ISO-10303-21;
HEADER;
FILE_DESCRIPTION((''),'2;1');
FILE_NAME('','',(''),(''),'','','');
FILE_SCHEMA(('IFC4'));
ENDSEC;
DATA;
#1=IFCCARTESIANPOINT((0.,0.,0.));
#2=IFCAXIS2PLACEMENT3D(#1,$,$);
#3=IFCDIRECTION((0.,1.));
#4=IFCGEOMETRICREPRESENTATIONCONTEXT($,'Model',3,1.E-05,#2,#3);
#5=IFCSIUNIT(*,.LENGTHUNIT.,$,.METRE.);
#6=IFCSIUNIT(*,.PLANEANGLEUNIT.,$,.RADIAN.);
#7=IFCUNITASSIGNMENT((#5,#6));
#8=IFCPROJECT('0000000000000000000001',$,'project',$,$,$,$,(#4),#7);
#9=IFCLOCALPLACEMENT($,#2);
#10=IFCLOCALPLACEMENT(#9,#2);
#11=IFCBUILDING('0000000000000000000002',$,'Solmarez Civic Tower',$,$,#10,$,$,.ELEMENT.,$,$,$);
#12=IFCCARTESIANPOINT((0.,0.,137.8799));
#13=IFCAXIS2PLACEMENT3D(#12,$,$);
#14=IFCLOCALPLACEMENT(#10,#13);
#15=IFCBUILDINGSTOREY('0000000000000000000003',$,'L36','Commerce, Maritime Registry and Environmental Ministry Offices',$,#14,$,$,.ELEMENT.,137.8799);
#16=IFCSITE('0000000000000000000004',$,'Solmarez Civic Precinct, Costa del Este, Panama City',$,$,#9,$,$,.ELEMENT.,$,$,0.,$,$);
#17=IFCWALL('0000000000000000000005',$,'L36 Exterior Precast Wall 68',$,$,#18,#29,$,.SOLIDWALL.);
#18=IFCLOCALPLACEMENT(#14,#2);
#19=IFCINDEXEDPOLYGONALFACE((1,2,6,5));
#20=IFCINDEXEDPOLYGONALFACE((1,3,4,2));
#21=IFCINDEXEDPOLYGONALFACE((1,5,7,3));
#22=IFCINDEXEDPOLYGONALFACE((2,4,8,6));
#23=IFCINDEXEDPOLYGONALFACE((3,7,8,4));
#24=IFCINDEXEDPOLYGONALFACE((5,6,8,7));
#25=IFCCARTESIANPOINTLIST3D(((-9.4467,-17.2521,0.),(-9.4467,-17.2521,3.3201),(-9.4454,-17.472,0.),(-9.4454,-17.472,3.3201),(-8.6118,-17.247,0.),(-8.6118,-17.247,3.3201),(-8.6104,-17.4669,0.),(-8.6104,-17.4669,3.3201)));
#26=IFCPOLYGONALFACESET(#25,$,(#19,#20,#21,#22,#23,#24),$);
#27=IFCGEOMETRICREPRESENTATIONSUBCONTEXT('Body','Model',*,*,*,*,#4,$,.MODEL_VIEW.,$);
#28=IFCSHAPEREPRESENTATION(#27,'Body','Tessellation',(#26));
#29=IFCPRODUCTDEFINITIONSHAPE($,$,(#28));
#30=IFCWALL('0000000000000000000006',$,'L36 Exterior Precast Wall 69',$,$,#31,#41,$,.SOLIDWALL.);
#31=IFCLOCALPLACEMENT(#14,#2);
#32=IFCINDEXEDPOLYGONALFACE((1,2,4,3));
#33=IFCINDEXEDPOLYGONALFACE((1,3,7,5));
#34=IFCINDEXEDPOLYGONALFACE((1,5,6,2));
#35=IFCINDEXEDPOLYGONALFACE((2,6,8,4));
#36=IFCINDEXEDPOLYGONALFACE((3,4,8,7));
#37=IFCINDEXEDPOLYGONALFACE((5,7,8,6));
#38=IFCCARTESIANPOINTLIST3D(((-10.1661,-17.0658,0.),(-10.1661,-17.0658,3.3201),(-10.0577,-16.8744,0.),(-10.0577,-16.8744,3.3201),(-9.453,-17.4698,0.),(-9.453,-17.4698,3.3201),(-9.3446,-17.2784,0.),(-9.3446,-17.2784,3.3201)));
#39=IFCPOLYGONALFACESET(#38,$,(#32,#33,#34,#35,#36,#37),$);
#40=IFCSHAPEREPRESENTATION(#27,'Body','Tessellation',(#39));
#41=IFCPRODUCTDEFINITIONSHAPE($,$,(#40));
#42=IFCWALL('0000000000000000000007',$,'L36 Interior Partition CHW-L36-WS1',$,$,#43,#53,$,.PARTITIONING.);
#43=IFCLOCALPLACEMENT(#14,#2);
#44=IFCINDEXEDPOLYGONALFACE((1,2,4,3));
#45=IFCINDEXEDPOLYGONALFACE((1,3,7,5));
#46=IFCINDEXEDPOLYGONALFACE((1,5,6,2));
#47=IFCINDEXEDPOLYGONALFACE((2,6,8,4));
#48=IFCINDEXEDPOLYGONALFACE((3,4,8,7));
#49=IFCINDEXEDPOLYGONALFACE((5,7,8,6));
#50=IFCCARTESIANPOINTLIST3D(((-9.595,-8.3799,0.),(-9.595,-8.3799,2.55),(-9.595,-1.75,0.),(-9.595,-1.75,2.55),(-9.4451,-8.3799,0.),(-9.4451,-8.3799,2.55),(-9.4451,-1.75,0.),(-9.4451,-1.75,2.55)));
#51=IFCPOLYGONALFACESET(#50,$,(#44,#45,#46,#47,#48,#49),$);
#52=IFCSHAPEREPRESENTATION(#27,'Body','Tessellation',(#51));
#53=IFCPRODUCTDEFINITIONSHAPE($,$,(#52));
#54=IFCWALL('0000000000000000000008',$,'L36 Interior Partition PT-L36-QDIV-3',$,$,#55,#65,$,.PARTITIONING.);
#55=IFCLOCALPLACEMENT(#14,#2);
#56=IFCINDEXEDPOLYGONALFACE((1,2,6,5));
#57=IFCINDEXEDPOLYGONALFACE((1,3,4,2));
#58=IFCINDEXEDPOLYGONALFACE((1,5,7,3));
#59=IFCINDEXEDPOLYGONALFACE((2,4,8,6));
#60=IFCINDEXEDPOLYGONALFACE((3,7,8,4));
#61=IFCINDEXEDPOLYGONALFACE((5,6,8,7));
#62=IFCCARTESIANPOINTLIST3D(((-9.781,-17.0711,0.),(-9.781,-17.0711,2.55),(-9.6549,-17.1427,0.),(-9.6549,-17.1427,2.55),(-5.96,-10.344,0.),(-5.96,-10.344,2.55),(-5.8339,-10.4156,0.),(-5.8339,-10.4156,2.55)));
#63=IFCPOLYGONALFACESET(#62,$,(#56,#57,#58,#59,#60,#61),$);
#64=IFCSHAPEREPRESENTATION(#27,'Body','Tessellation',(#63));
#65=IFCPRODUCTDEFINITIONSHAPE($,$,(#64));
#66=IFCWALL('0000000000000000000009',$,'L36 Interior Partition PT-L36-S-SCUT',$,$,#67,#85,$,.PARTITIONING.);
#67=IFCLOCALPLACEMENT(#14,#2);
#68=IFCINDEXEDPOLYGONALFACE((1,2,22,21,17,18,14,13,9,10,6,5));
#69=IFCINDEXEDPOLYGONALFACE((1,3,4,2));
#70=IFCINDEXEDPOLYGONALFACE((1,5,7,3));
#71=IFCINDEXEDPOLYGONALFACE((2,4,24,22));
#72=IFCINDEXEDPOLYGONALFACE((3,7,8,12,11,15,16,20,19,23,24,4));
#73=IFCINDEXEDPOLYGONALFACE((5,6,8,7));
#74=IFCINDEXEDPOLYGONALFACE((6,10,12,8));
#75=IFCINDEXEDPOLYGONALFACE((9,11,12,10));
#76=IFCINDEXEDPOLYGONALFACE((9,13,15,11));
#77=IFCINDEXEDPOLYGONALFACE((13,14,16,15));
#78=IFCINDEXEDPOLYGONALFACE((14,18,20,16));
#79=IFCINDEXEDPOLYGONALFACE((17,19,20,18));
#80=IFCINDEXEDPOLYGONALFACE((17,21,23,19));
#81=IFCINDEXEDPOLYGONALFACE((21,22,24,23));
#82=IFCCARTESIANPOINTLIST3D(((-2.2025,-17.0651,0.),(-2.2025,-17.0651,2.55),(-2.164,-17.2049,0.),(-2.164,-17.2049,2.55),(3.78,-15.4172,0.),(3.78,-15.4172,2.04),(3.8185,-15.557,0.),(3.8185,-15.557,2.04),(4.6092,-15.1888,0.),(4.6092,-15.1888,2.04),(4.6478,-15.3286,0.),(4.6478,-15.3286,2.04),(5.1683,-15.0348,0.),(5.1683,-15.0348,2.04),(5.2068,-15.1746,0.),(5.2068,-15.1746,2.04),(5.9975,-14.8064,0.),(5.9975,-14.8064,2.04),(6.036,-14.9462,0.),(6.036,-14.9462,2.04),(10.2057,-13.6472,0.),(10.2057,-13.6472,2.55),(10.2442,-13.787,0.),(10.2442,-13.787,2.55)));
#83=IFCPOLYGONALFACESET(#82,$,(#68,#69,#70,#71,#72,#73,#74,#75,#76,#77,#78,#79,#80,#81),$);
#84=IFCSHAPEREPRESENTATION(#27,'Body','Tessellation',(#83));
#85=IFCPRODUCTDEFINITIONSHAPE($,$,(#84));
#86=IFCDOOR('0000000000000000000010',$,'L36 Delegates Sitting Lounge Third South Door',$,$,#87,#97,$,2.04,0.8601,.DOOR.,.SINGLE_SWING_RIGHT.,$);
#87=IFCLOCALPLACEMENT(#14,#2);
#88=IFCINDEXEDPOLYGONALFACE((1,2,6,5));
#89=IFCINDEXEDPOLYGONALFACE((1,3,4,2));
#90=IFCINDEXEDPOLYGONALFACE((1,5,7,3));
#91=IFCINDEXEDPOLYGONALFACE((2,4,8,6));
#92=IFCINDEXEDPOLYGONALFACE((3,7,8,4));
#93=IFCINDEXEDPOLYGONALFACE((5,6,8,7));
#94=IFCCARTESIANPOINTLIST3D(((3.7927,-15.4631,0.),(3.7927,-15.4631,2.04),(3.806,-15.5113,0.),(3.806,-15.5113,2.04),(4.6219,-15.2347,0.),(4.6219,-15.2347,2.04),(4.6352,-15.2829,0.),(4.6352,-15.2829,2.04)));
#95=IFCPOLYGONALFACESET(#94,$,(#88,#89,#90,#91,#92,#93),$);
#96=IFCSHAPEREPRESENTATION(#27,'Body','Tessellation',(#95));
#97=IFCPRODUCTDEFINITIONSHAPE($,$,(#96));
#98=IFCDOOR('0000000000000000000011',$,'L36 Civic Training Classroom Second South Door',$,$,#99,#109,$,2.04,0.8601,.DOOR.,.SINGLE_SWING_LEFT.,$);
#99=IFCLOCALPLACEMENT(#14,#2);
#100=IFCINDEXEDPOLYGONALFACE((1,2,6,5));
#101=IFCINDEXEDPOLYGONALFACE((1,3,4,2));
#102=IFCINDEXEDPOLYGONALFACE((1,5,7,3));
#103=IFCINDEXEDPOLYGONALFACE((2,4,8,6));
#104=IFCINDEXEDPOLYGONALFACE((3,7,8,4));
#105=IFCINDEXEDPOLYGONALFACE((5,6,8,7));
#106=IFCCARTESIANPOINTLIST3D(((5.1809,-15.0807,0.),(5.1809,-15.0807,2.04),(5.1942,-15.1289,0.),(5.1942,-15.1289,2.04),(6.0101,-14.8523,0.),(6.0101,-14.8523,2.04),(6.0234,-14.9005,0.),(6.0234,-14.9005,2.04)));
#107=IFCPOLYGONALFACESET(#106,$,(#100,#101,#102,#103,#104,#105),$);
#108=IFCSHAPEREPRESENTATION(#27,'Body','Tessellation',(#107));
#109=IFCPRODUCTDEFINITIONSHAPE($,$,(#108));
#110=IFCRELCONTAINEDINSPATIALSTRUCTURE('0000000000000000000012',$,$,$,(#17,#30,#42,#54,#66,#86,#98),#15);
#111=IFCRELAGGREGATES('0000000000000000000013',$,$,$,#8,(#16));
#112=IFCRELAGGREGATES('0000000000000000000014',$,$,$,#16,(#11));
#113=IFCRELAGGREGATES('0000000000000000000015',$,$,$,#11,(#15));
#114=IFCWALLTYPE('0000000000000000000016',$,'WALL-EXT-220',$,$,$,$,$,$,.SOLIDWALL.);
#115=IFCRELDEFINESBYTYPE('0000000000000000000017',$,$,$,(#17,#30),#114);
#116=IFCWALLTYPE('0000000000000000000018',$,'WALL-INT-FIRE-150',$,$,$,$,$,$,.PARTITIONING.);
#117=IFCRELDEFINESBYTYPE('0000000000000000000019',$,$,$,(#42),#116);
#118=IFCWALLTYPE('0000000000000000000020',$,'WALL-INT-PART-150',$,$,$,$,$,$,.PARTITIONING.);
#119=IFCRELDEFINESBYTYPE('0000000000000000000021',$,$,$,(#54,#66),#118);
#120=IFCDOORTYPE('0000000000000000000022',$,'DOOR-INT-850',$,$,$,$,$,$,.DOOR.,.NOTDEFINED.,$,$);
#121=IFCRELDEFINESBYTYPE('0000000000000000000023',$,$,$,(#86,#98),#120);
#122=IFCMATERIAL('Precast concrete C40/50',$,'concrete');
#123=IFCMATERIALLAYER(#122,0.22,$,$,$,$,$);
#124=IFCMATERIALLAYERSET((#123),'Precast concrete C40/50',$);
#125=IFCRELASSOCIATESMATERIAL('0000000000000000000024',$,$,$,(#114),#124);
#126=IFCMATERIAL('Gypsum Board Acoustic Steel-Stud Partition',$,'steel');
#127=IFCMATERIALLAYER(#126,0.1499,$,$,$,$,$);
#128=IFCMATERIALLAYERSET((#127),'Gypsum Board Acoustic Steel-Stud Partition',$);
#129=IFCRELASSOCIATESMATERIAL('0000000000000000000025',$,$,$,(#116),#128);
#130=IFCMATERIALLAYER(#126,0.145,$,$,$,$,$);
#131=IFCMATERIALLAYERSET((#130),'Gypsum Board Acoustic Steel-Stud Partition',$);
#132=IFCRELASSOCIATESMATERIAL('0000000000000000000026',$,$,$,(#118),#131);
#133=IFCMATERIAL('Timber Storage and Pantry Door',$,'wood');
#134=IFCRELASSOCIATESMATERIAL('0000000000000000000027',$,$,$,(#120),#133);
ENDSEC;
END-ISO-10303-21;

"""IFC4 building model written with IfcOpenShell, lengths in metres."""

from ifc_helpers import new_model, si_unit, direction, frame, frame_2d, origin, place, context, subcontext, project, spatial, rectangle, extrude, material, layer, layer_set, type_object, element, fill, save


model = new_model("IFC4")

# Units and contexts
model_context = context("Model", 3, precision=1e-05, world=origin(), true_north=direction((0.0, 1.0)))
body_context = subcontext(model_context, "Body", "Model", "MODEL_VIEW")
ifc_project = project(units=[si_unit("LENGTHUNIT", "METRE"), si_unit("PLANEANGLEUNIT", "RADIAN")], contexts=[model_context])

# Site, building, storey
site_placement = place(None, origin())
site = spatial("IfcSite", under=ifc_project, at=site_placement, Name="Solmarez Civic Precinct, Costa del Este, Panama City", CompositionType="ELEMENT", RefElevation=0.0)
building_placement = place(site_placement, origin())
building = spatial("IfcBuilding", under=site, at=building_placement, Name="Solmarez Civic Tower", CompositionType="ELEMENT")
storey_placement = place(building_placement, frame((0.0, 0.0, 137.8799)))
storey = spatial("IfcBuildingStorey", under=building, at=storey_placement, Name="L36", Description="Commerce, Maritime Registry and Environmental Ministry Offices", CompositionType="ELEMENT", Elevation=137.8799)

# Walls
ifc_material_1 = material(Name="Precast concrete C40/50", Category="concrete")
ifc_layer_1 = layer(ifc_material_1, 0.22)
ifc_layer_set_1 = layer_set([ifc_layer_1], Name="Precast concrete C40/50")
wall_type_1 = type_object("IfcWallType", Name="WALL-EXT-220", PredefinedType="SOLIDWALL", material=ifc_layer_set_1)
wall_1_placement = place(storey_placement, frame((-8.6111, -17.3569, 0.0), z_axis=(0.0, 0.0, 1.0), x_axis=(-0.999981, -0.00614, 0.0)))
element("IfcWall", 1, at=wall_1_placement, inside=storey, type_object=wall_type_1, Name="L36 Exterior Precast Wall 68", PredefinedType="SOLIDWALL", context=body_context, shape_type="SweptSolid", body=[
    extrude(rectangle(XDim=0.835, YDim=0.22, at=frame_2d((0.4175, 0.0))), origin(), (0.0, 0.0, 1.0), 3.3201),
])
wall_2_placement = place(storey_placement, frame((-9.3989, -17.374, 0.0), z_axis=(0.0, 0.0, 1.0), x_axis=(-0.870052, 0.49296, 0.0)))
element("IfcWall", 2, at=wall_2_placement, inside=storey, type_object=wall_type_1, Name="L36 Exterior Precast Wall 69", PredefinedType="SOLIDWALL", context=body_context, shape_type="SweptSolid", body=[
    extrude(rectangle(XDim=0.8196, YDim=0.22, at=frame_2d((0.4097, 0.0))), origin(), (0.0, 0.0, 1.0), 3.3201),
])
ifc_material_2 = material(Name="Gypsum Board Acoustic Steel-Stud Partition", Category="steel")
ifc_layer_2 = layer(ifc_material_2, 0.1499)
ifc_layer_set_2 = layer_set([ifc_layer_2], Name="Gypsum Board Acoustic Steel-Stud Partition")
wall_type_2 = type_object("IfcWallType", Name="WALL-INT-FIRE-150", PredefinedType="PARTITIONING", material=ifc_layer_set_2)
wall_3_placement = place(storey_placement, frame((-9.52, -8.3799, 0.0), z_axis=(0.0, 0.0, 1.0), x_axis=(0.0, 1.0, 0.0)))
element("IfcWall", 3, at=wall_3_placement, inside=storey, type_object=wall_type_2, Name="L36 Interior Partition CHW-L36-WS1", PredefinedType="PARTITIONING", context=body_context, shape_type="SweptSolid", body=[
    extrude(rectangle(XDim=6.6299, YDim=0.1499, at=frame_2d((3.3149, 0.0))), origin(), (0.0, 0.0, 1.0), 2.55),
])
ifc_layer_3 = layer(ifc_material_2, 0.145)
ifc_layer_set_3 = layer_set([ifc_layer_3], Name="Gypsum Board Acoustic Steel-Stud Partition")
wall_type_3 = type_object("IfcWallType", Name="WALL-INT-PART-150", PredefinedType="PARTITIONING", material=ifc_layer_set_3)
wall_4_placement = place(storey_placement, frame((-5.897, -10.3799, 0.0), z_axis=(0.0, 0.0, 1.0), x_axis=(-0.493898, -0.86952, 0.0)))
element("IfcWall", 4, at=wall_4_placement, inside=storey, type_object=wall_type_3, Name="L36 Interior Partition PT-L36-QDIV-3", PredefinedType="PARTITIONING", context=body_context, shape_type="SweptSolid", body=[
    extrude(rectangle(XDim=7.7366, YDim=0.145, at=frame_2d((3.8682, 0.0))), origin(), (0.0, 0.0, 1.0), 2.55),
])

# Wall, openings, doors
wall_5_placement = place(storey_placement, frame((-2.1831, -17.135, 0.0), z_axis=(0.0, 0.0, 1.0), x_axis=(0.964092, 0.265569, 0.0)))
wall_5 = element("IfcWall", 5, at=wall_5_placement, inside=storey, type_object=wall_type_3, Name="L36 Interior Partition PT-L36-S-SCUT", PredefinedType="PARTITIONING", context=body_context, shape_type="SweptSolid", body=[
    extrude(rectangle(XDim=12.8704, YDim=0.145, at=frame_2d((6.4351, 0.0))), origin(), (0.0, 0.0, 1.0), 2.55),
])
opening_1_placement = place(wall_5_placement, frame((6.2051, 0.0, 0.0)))
opening_1 = element("IfcOpeningElement", 6, at=opening_1_placement, cuts=wall_5, PredefinedType="OPENING", context=body_context, shape_type="SweptSolid", body=[
    extrude(rectangle(XDim=0.8601, YDim=2.04, at=frame_2d((0.4302, 1.02))), frame((0.0, 0.0825, 0.0), z_axis=(0.0, -1.0, 0.0), x_axis=(1.0, 0.0, 0.0)), (0.0, 0.0, 1.0), 0.165),
])
opening_2_placement = place(wall_5_placement, frame((7.645, 0.0, 0.0)))
opening_2 = element("IfcOpeningElement", 7, at=opening_2_placement, cuts=wall_5, PredefinedType="OPENING", context=body_context, shape_type="SweptSolid", body=[
    extrude(rectangle(XDim=0.8601, YDim=2.04, at=frame_2d((0.4302, 1.02))), frame((0.0, 0.0825, 0.0), z_axis=(0.0, -1.0, 0.0), x_axis=(1.0, 0.0, 0.0)), (0.0, 0.0, 1.0), 0.165),
])
ifc_material_3 = material(Name="Timber Storage and Pantry Door", Category="wood")
door_type = type_object("IfcDoorType", Name="DOOR-INT-850", OperationType="NOTDEFINED", PredefinedType="DOOR", material=ifc_material_3)
door_1_placement = place(opening_1_placement, origin())
door_1 = element("IfcDoor", 8, at=door_1_placement, inside=storey, type_object=door_type, Name="L36 Delegates Sitting Lounge Third South Door", OperationType="SINGLE_SWING_RIGHT", OverallHeight=2.04, OverallWidth=0.8601, PredefinedType="DOOR", context=body_context, shape_type="SweptSolid", body=[
    extrude(rectangle(XDim=0.8601, YDim=2.04, at=frame_2d((0.4302, 1.02))), frame((0.0, 0.0249, 0.0), z_axis=(0.0, -1.0, 0.0), x_axis=(1.0, 0.0, 0.0)), (0.0, 0.0, 1.0), 0.05),
])
fill(opening_1, door_1)
door_2_placement = place(opening_2_placement, origin())
door_2 = element("IfcDoor", 9, at=door_2_placement, inside=storey, type_object=door_type, Name="L36 Civic Training Classroom Second South Door", OperationType="SINGLE_SWING_LEFT", OverallHeight=2.04, OverallWidth=0.8601, PredefinedType="DOOR", context=body_context, shape_type="SweptSolid", body=[
    extrude(rectangle(XDim=0.8601, YDim=2.04, at=frame_2d((0.4302, 1.02))), frame((0.0, 0.0249, 0.0), z_axis=(0.0, -1.0, 0.0), x_axis=(1.0, 0.0, 0.0)), (0.0, 0.0, 1.0), 0.05),
])
fill(opening_2, door_2)

save(model, "model.ifc")
